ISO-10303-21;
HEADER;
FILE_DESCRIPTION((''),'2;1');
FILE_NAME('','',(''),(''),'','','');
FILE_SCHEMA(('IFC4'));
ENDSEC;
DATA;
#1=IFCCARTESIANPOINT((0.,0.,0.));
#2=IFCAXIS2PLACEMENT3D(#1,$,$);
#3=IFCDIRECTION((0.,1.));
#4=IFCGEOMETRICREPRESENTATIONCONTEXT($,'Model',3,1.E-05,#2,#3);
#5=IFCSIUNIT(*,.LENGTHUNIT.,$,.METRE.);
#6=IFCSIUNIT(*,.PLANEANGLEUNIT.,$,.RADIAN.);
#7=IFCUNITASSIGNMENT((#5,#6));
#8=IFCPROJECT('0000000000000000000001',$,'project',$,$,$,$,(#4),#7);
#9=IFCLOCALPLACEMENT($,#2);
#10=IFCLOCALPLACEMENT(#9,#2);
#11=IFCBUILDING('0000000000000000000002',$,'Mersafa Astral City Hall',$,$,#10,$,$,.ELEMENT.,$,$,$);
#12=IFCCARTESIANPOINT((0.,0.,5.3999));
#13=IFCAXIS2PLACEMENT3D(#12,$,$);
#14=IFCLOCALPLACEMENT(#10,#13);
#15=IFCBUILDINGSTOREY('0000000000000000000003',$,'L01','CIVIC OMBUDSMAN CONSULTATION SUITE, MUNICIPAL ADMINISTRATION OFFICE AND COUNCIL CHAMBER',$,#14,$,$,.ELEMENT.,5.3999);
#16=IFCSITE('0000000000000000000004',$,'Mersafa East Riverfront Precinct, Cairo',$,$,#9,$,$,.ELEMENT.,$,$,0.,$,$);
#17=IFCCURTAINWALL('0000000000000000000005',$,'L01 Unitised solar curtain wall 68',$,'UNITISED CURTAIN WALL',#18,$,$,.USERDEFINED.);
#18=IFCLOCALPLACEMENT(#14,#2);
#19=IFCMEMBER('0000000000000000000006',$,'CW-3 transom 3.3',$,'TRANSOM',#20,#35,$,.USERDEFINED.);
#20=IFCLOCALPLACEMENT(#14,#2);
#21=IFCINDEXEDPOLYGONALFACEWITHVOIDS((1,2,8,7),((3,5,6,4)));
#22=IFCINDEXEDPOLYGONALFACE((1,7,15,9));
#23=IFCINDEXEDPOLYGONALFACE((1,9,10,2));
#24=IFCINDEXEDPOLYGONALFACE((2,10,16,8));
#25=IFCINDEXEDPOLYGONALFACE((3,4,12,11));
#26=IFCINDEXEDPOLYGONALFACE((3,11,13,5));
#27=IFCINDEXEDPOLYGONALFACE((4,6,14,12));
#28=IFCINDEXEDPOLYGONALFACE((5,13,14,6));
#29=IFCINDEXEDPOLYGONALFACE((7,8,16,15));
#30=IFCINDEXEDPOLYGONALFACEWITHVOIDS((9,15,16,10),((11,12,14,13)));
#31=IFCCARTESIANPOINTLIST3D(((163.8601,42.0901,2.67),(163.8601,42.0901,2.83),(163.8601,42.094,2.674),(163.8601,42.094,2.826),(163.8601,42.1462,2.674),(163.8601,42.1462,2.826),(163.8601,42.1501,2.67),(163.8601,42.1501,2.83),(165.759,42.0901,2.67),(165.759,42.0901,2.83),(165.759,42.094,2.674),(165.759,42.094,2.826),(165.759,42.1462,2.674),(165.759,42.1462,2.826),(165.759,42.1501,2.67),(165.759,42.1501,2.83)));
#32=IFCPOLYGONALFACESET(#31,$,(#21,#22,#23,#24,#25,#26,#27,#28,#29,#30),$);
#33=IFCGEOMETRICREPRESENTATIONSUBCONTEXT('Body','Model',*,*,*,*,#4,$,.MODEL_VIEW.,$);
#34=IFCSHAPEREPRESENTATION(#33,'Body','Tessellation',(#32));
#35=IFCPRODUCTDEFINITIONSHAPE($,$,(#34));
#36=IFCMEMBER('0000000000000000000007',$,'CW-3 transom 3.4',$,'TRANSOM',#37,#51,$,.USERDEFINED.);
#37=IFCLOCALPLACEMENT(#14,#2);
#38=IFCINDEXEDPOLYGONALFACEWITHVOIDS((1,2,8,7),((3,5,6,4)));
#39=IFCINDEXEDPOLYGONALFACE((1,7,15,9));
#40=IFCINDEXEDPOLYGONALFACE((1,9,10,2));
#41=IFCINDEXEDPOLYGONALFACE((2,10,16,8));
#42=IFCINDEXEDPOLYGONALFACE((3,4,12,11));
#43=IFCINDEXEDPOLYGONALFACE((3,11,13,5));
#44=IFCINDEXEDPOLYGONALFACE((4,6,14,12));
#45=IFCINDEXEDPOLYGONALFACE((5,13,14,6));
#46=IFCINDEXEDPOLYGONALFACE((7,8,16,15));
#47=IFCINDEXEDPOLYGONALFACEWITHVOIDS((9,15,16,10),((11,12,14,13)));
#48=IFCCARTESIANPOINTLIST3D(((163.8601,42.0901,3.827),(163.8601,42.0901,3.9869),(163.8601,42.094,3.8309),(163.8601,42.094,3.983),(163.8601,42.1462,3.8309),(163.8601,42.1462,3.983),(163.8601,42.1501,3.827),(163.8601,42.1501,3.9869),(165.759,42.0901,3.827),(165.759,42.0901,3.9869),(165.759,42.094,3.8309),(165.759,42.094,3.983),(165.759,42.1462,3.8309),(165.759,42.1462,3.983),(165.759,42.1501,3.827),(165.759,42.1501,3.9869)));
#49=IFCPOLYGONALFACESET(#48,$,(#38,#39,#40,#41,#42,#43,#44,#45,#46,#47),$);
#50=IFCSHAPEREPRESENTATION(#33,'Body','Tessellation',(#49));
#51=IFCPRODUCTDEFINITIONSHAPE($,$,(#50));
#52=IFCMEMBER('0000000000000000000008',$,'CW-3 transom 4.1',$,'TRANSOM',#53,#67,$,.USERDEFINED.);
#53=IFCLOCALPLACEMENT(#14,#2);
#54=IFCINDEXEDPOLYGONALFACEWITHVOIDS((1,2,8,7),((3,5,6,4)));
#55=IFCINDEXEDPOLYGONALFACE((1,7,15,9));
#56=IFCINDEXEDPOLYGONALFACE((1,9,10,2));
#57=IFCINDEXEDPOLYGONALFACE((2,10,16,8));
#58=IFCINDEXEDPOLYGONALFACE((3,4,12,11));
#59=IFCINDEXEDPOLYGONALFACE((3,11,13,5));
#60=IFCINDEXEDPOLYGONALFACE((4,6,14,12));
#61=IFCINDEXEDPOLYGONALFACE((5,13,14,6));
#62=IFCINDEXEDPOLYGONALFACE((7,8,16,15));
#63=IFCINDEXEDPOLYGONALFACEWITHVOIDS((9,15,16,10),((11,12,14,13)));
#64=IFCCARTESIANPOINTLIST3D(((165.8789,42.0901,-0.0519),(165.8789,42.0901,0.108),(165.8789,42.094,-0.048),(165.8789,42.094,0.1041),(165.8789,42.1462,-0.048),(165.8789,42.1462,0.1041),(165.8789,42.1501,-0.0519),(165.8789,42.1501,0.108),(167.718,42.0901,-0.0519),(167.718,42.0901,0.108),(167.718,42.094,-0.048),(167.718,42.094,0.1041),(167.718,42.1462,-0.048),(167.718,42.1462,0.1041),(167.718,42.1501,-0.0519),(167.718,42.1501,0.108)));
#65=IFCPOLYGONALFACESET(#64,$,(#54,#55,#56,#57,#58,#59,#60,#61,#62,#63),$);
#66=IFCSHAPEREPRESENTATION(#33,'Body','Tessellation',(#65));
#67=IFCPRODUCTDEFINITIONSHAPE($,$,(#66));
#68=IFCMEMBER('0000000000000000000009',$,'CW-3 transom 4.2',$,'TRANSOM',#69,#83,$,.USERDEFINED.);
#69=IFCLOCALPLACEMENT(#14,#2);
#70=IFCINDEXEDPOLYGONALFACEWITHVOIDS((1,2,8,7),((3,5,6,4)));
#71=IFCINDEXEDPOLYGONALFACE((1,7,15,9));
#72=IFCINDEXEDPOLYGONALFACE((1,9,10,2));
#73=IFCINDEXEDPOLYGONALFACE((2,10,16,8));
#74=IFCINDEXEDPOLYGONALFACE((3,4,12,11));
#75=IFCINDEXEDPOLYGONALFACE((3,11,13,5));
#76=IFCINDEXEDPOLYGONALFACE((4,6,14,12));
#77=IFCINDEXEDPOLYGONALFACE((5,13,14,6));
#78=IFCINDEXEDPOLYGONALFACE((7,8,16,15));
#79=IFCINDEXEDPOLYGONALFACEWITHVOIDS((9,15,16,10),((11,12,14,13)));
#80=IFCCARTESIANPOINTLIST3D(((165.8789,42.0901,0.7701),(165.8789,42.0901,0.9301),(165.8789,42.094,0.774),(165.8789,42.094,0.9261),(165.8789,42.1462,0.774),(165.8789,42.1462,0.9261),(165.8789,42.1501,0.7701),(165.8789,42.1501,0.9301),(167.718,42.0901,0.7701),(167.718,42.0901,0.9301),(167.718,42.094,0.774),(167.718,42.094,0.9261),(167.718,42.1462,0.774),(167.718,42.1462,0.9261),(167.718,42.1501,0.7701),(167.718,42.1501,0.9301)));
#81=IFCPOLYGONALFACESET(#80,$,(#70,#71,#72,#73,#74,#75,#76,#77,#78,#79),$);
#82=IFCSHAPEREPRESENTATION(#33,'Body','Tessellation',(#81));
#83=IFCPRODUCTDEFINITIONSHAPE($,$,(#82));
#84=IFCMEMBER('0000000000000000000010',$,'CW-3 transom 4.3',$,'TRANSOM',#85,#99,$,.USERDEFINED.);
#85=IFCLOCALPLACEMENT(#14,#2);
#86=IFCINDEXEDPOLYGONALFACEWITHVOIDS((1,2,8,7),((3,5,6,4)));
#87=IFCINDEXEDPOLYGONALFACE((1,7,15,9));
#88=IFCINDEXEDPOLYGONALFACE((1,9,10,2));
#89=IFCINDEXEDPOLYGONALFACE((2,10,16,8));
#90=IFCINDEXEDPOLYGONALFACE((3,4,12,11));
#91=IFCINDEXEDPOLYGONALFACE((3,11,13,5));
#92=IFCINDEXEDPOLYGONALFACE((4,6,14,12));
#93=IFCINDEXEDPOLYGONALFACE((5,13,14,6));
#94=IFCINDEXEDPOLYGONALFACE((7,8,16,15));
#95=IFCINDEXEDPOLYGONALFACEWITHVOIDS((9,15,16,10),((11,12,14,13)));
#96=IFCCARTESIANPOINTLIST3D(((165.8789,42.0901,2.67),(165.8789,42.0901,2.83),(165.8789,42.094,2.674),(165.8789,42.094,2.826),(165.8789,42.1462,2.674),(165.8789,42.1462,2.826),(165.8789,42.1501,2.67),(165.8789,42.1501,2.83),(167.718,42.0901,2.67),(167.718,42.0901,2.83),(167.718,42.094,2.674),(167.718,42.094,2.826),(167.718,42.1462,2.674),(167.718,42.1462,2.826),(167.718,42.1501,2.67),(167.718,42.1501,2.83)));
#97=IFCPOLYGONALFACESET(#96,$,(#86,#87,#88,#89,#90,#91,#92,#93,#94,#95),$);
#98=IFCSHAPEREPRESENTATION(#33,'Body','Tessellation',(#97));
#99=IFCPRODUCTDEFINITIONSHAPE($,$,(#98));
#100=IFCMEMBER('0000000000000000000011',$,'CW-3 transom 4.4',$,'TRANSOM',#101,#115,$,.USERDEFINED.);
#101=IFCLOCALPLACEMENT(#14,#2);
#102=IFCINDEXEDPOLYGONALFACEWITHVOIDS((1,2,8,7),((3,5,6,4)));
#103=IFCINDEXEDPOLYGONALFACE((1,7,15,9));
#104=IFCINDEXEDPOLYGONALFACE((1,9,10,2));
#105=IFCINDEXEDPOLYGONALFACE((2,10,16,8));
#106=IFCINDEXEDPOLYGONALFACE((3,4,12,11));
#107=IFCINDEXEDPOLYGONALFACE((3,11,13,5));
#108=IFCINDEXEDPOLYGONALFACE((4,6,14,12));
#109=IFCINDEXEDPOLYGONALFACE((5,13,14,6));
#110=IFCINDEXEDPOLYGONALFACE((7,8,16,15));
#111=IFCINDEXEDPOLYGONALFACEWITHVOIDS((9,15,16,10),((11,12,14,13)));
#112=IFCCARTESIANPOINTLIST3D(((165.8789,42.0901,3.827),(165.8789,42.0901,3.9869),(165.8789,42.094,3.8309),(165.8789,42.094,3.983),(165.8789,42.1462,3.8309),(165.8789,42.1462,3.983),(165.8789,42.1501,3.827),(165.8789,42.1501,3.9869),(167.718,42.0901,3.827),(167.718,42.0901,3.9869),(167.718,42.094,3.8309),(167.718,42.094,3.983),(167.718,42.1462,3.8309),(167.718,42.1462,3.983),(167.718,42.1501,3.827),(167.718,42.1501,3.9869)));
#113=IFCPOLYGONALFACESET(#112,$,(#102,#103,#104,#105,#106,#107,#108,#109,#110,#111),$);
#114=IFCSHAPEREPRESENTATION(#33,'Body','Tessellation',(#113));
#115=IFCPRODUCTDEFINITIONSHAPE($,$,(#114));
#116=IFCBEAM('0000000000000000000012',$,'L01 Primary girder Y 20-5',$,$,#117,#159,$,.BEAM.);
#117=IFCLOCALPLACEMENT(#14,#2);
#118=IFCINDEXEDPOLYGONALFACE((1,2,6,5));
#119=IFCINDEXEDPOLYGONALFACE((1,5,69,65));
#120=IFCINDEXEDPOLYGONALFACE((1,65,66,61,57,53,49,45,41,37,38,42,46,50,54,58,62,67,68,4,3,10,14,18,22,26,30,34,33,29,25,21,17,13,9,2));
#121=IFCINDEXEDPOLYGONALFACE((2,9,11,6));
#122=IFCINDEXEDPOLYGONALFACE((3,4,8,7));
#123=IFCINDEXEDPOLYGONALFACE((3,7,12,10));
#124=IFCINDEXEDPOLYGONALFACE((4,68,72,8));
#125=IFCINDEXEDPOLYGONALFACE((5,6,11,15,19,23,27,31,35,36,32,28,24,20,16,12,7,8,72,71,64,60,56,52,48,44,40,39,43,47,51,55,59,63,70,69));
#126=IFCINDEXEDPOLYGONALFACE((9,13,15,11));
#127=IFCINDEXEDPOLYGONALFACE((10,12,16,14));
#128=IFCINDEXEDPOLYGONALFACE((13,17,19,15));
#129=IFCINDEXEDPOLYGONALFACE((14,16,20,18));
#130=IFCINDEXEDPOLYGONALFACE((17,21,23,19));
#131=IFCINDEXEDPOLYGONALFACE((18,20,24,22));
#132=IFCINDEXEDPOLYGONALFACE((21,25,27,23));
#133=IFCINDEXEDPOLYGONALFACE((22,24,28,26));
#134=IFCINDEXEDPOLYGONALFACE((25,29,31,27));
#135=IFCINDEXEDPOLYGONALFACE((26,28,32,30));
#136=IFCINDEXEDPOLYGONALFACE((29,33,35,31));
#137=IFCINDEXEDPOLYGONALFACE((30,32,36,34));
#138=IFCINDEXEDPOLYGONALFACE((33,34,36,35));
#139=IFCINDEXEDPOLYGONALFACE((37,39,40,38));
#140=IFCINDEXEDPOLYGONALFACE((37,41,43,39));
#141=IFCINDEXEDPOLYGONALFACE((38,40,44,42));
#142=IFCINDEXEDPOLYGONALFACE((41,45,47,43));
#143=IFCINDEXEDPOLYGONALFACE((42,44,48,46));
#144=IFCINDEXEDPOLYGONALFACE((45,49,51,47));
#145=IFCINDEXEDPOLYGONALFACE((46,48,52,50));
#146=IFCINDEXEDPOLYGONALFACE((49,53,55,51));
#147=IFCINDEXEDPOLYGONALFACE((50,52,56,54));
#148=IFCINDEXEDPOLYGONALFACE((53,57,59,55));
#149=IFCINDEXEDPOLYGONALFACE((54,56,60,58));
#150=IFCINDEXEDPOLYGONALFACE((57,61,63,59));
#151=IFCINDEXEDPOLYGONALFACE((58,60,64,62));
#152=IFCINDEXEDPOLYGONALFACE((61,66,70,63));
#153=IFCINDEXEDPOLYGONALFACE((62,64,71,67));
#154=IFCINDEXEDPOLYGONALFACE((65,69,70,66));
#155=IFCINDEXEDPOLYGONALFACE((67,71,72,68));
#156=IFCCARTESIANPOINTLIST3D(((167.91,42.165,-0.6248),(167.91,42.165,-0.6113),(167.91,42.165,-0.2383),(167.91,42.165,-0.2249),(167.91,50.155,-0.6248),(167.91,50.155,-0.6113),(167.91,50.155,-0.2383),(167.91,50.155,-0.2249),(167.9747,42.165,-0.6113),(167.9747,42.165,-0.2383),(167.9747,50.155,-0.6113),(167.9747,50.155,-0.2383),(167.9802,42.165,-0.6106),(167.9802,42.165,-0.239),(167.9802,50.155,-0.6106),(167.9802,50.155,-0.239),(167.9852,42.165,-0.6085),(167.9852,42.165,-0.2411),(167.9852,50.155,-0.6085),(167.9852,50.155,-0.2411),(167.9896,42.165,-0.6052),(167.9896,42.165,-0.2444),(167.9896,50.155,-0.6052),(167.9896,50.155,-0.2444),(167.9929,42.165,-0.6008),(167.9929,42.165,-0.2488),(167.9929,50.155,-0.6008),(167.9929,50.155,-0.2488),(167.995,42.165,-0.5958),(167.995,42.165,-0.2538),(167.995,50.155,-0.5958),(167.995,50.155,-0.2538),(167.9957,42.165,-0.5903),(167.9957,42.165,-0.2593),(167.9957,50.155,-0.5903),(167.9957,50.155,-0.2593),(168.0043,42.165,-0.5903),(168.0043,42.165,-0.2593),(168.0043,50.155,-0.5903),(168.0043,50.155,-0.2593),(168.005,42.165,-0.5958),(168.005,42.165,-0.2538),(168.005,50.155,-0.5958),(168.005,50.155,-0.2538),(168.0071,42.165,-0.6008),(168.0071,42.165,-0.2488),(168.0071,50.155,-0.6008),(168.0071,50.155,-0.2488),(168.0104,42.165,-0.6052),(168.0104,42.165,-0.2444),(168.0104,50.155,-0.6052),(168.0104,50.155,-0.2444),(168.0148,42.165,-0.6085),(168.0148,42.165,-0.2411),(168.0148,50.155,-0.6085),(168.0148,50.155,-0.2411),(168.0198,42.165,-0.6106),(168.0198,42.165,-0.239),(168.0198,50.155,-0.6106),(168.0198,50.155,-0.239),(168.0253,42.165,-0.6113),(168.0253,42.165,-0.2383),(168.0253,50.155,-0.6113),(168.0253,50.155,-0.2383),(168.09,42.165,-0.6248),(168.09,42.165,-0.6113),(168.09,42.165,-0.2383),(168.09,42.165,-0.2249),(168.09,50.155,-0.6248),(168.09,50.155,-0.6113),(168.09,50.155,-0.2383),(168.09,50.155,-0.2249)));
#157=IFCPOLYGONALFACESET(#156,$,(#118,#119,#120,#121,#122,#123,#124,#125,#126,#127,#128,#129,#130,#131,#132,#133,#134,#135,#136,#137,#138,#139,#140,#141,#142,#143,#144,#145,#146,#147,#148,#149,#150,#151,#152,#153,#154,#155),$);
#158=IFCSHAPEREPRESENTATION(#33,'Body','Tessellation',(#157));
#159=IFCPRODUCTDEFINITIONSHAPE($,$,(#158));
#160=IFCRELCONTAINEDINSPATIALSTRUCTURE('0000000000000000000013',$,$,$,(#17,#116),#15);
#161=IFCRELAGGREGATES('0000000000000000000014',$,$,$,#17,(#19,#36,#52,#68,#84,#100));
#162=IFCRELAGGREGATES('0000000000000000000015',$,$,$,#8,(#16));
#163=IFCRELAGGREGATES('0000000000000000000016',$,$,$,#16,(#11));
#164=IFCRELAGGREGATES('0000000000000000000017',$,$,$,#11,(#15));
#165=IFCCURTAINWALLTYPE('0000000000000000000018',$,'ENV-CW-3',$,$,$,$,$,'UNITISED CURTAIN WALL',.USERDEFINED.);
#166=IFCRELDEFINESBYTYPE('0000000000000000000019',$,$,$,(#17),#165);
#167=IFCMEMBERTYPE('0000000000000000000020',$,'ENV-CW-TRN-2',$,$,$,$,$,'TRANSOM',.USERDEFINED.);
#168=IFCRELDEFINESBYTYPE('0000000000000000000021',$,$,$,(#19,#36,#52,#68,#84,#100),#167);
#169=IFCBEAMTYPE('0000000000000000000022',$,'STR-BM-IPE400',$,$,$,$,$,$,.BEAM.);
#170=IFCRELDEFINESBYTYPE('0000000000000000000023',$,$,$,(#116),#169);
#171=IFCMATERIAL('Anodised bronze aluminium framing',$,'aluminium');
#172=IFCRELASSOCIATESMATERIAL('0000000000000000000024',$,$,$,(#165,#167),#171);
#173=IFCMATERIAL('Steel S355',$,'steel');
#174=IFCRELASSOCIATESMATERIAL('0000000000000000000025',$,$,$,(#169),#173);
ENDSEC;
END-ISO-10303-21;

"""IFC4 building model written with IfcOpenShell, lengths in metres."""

from ifc_helpers import new_model, si_unit, direction, frame, origin, origin_2d, place, context, subcontext, project, spatial, hollow_rectangle, i_section, extrude, material, material_profile, profile_set, type_object, element, aggregate, save


model = new_model("IFC4")

# Units and contexts
model_context = context("Model", 3, precision=1e-05, world=origin(), true_north=direction((0.0, 1.0)))
body_context = subcontext(model_context, "Body", "Model", "MODEL_VIEW")
ifc_project = project(units=[si_unit("LENGTHUNIT", "METRE"), si_unit("PLANEANGLEUNIT", "RADIAN")], contexts=[model_context])

# Site, building, storey
site_placement = place(None, origin())
site = spatial("IfcSite", under=ifc_project, at=site_placement, Name="Mersafa East Riverfront Precinct, Cairo", CompositionType="ELEMENT", RefElevation=0.0)
building_placement = place(site_placement, origin())
building = spatial("IfcBuilding", under=site, at=building_placement, Name="Mersafa Astral City Hall", CompositionType="ELEMENT")
storey_placement = place(building_placement, frame((0.0, 0.0, 5.3999)))
storey = spatial("IfcBuildingStorey", under=building, at=storey_placement, Name="L01", Description="CIVIC OMBUDSMAN CONSULTATION SUITE, MUNICIPAL ADMINISTRATION OFFICE AND COUNCIL CHAMBER", CompositionType="ELEMENT", Elevation=5.3999)

# Shared definitions
ifc_material_1 = material(Name="Steel S355", Category="steel")

# Curtain wall
ifc_material_2 = material(Name="Anodised bronze aluminium framing", Category="aluminium")
curtain_wall_type_1 = type_object("IfcCurtainWallType", Name="ENV-CW-3", ElementType="UNITISED CURTAIN WALL", PredefinedType="USERDEFINED", material=ifc_material_2)
curtain_wall_1_placement = place(storey_placement, origin())
curtain_wall_1 = element("IfcCurtainWall", 1, at=curtain_wall_1_placement, inside=storey, type_object=curtain_wall_type_1, Name="L01 Unitised solar curtain wall 68", ObjectType="UNITISED CURTAIN WALL", PredefinedType="USERDEFINED")

# Members
ifc_material_profile_1 = material_profile(ifc_material_2, hollow_rectangle(XDim=0.0601, YDim=0.1599, WallThickness=0.0039, at=origin_2d()), Name="RHS 60x160x4")
ifc_profile_set_1 = profile_set([ifc_material_profile_1], Name="Anodised bronze aluminium framing")
member_type_1 = type_object("IfcMemberType", Name="ENV-CW-TRN-2", ElementType="TRANSOM", PredefinedType="USERDEFINED", material=ifc_profile_set_1)
member_1_placement = place(storey_placement, frame((163.8601, 42.1201, 2.75), z_axis=(1.0, 0.0, 0.0), x_axis=(0.0, 1.0, 0.0)))
member_1 = element("IfcMember", 2, at=member_1_placement, type_object=member_type_1, Name="CW-3 transom 3.3", ObjectType="TRANSOM", PredefinedType="USERDEFINED", context=body_context, shape_type="SweptSolid", body=[
    extrude(hollow_rectangle(XDim=0.0601, YDim=0.1599, WallThickness=0.0039, at=origin_2d()), origin(), (0.0, 0.0, 1.0), 1.8989),
])
member_2_placement = place(storey_placement, frame((163.8601, 42.1201, 3.907), z_axis=(1.0, 0.0, 0.0), x_axis=(0.0, 1.0, 0.0)))
member_2 = element("IfcMember", 3, at=member_2_placement, type_object=member_type_1, Name="CW-3 transom 3.4", ObjectType="TRANSOM", PredefinedType="USERDEFINED", context=body_context, shape_type="SweptSolid", body=[
    extrude(hollow_rectangle(XDim=0.0601, YDim=0.1599, WallThickness=0.0039, at=origin_2d()), origin(), (0.0, 0.0, 1.0), 1.8989),
])
member_3_placement = place(storey_placement, frame((165.8789, 42.1201, 0.0281), z_axis=(1.0, 0.0, 0.0), x_axis=(0.0, 1.0, 0.0)))
member_3 = element("IfcMember", 4, at=member_3_placement, type_object=member_type_1, Name="CW-3 transom 4.1", ObjectType="TRANSOM", PredefinedType="USERDEFINED", context=body_context, shape_type="SweptSolid", body=[
    extrude(hollow_rectangle(XDim=0.0601, YDim=0.1599, WallThickness=0.0039, at=origin_2d()), origin(), (0.0, 0.0, 1.0), 1.8391),
])
member_4_placement = place(storey_placement, frame((165.8789, 42.1201, 0.8501), z_axis=(1.0, 0.0, 0.0), x_axis=(0.0, 1.0, 0.0)))
member_4 = element("IfcMember", 5, at=member_4_placement, type_object=member_type_1, Name="CW-3 transom 4.2", ObjectType="TRANSOM", PredefinedType="USERDEFINED", context=body_context, shape_type="SweptSolid", body=[
    extrude(hollow_rectangle(XDim=0.0601, YDim=0.1599, WallThickness=0.0039, at=origin_2d()), origin(), (0.0, 0.0, 1.0), 1.8391),
])
member_5_placement = place(storey_placement, frame((165.8789, 42.1201, 2.75), z_axis=(1.0, 0.0, 0.0), x_axis=(0.0, 1.0, 0.0)))
member_5 = element("IfcMember", 6, at=member_5_placement, type_object=member_type_1, Name="CW-3 transom 4.3", ObjectType="TRANSOM", PredefinedType="USERDEFINED", context=body_context, shape_type="SweptSolid", body=[
    extrude(hollow_rectangle(XDim=0.0601, YDim=0.1599, WallThickness=0.0039, at=origin_2d()), origin(), (0.0, 0.0, 1.0), 1.8391),
])
member_6_placement = place(storey_placement, frame((165.8789, 42.1201, 3.907), z_axis=(1.0, 0.0, 0.0), x_axis=(0.0, 1.0, 0.0)))
member_6 = element("IfcMember", 7, at=member_6_placement, type_object=member_type_1, Name="CW-3 transom 4.4", ObjectType="TRANSOM", PredefinedType="USERDEFINED", context=body_context, shape_type="SweptSolid", body=[
    extrude(hollow_rectangle(XDim=0.0601, YDim=0.1599, WallThickness=0.0039, at=origin_2d()), origin(), (0.0, 0.0, 1.0), 1.8391),
])

# Beam
ifc_material_profile_2 = material_profile(ifc_material_1, i_section(OverallWidth=0.1799, OverallDepth=0.3999, WebThickness=0.0085, FlangeThickness=0.0134, FilletRadius=0.021, at=origin_2d()), Name="IPE 400")
ifc_profile_set_2 = profile_set([ifc_material_profile_2], Name="Steel S355")
beam_type_1 = type_object("IfcBeamType", Name="STR-BM-IPE400", PredefinedType="BEAM", material=ifc_profile_set_2)
beam_1_placement = place(storey_placement, frame((168.0, 42.165, -0.4248), z_axis=(0.0, 1.0, 0.0), x_axis=(-1.0, 0.0, 0.0)))
element("IfcBeam", 8, at=beam_1_placement, inside=storey, type_object=beam_type_1, Name="L01 Primary girder Y 20-5", PredefinedType="BEAM", context=body_context, shape_type="SweptSolid", body=[
    extrude(i_section(OverallWidth=0.1799, OverallDepth=0.3999, WebThickness=0.0085, FlangeThickness=0.0134, FilletRadius=0.021, at=origin_2d()), origin(), (0.0, 0.0, 1.0), 7.99),
])

aggregate(curtain_wall_1, [member_1, member_2, member_3, member_4, member_5, member_6])

save(model, "model.ifc")
